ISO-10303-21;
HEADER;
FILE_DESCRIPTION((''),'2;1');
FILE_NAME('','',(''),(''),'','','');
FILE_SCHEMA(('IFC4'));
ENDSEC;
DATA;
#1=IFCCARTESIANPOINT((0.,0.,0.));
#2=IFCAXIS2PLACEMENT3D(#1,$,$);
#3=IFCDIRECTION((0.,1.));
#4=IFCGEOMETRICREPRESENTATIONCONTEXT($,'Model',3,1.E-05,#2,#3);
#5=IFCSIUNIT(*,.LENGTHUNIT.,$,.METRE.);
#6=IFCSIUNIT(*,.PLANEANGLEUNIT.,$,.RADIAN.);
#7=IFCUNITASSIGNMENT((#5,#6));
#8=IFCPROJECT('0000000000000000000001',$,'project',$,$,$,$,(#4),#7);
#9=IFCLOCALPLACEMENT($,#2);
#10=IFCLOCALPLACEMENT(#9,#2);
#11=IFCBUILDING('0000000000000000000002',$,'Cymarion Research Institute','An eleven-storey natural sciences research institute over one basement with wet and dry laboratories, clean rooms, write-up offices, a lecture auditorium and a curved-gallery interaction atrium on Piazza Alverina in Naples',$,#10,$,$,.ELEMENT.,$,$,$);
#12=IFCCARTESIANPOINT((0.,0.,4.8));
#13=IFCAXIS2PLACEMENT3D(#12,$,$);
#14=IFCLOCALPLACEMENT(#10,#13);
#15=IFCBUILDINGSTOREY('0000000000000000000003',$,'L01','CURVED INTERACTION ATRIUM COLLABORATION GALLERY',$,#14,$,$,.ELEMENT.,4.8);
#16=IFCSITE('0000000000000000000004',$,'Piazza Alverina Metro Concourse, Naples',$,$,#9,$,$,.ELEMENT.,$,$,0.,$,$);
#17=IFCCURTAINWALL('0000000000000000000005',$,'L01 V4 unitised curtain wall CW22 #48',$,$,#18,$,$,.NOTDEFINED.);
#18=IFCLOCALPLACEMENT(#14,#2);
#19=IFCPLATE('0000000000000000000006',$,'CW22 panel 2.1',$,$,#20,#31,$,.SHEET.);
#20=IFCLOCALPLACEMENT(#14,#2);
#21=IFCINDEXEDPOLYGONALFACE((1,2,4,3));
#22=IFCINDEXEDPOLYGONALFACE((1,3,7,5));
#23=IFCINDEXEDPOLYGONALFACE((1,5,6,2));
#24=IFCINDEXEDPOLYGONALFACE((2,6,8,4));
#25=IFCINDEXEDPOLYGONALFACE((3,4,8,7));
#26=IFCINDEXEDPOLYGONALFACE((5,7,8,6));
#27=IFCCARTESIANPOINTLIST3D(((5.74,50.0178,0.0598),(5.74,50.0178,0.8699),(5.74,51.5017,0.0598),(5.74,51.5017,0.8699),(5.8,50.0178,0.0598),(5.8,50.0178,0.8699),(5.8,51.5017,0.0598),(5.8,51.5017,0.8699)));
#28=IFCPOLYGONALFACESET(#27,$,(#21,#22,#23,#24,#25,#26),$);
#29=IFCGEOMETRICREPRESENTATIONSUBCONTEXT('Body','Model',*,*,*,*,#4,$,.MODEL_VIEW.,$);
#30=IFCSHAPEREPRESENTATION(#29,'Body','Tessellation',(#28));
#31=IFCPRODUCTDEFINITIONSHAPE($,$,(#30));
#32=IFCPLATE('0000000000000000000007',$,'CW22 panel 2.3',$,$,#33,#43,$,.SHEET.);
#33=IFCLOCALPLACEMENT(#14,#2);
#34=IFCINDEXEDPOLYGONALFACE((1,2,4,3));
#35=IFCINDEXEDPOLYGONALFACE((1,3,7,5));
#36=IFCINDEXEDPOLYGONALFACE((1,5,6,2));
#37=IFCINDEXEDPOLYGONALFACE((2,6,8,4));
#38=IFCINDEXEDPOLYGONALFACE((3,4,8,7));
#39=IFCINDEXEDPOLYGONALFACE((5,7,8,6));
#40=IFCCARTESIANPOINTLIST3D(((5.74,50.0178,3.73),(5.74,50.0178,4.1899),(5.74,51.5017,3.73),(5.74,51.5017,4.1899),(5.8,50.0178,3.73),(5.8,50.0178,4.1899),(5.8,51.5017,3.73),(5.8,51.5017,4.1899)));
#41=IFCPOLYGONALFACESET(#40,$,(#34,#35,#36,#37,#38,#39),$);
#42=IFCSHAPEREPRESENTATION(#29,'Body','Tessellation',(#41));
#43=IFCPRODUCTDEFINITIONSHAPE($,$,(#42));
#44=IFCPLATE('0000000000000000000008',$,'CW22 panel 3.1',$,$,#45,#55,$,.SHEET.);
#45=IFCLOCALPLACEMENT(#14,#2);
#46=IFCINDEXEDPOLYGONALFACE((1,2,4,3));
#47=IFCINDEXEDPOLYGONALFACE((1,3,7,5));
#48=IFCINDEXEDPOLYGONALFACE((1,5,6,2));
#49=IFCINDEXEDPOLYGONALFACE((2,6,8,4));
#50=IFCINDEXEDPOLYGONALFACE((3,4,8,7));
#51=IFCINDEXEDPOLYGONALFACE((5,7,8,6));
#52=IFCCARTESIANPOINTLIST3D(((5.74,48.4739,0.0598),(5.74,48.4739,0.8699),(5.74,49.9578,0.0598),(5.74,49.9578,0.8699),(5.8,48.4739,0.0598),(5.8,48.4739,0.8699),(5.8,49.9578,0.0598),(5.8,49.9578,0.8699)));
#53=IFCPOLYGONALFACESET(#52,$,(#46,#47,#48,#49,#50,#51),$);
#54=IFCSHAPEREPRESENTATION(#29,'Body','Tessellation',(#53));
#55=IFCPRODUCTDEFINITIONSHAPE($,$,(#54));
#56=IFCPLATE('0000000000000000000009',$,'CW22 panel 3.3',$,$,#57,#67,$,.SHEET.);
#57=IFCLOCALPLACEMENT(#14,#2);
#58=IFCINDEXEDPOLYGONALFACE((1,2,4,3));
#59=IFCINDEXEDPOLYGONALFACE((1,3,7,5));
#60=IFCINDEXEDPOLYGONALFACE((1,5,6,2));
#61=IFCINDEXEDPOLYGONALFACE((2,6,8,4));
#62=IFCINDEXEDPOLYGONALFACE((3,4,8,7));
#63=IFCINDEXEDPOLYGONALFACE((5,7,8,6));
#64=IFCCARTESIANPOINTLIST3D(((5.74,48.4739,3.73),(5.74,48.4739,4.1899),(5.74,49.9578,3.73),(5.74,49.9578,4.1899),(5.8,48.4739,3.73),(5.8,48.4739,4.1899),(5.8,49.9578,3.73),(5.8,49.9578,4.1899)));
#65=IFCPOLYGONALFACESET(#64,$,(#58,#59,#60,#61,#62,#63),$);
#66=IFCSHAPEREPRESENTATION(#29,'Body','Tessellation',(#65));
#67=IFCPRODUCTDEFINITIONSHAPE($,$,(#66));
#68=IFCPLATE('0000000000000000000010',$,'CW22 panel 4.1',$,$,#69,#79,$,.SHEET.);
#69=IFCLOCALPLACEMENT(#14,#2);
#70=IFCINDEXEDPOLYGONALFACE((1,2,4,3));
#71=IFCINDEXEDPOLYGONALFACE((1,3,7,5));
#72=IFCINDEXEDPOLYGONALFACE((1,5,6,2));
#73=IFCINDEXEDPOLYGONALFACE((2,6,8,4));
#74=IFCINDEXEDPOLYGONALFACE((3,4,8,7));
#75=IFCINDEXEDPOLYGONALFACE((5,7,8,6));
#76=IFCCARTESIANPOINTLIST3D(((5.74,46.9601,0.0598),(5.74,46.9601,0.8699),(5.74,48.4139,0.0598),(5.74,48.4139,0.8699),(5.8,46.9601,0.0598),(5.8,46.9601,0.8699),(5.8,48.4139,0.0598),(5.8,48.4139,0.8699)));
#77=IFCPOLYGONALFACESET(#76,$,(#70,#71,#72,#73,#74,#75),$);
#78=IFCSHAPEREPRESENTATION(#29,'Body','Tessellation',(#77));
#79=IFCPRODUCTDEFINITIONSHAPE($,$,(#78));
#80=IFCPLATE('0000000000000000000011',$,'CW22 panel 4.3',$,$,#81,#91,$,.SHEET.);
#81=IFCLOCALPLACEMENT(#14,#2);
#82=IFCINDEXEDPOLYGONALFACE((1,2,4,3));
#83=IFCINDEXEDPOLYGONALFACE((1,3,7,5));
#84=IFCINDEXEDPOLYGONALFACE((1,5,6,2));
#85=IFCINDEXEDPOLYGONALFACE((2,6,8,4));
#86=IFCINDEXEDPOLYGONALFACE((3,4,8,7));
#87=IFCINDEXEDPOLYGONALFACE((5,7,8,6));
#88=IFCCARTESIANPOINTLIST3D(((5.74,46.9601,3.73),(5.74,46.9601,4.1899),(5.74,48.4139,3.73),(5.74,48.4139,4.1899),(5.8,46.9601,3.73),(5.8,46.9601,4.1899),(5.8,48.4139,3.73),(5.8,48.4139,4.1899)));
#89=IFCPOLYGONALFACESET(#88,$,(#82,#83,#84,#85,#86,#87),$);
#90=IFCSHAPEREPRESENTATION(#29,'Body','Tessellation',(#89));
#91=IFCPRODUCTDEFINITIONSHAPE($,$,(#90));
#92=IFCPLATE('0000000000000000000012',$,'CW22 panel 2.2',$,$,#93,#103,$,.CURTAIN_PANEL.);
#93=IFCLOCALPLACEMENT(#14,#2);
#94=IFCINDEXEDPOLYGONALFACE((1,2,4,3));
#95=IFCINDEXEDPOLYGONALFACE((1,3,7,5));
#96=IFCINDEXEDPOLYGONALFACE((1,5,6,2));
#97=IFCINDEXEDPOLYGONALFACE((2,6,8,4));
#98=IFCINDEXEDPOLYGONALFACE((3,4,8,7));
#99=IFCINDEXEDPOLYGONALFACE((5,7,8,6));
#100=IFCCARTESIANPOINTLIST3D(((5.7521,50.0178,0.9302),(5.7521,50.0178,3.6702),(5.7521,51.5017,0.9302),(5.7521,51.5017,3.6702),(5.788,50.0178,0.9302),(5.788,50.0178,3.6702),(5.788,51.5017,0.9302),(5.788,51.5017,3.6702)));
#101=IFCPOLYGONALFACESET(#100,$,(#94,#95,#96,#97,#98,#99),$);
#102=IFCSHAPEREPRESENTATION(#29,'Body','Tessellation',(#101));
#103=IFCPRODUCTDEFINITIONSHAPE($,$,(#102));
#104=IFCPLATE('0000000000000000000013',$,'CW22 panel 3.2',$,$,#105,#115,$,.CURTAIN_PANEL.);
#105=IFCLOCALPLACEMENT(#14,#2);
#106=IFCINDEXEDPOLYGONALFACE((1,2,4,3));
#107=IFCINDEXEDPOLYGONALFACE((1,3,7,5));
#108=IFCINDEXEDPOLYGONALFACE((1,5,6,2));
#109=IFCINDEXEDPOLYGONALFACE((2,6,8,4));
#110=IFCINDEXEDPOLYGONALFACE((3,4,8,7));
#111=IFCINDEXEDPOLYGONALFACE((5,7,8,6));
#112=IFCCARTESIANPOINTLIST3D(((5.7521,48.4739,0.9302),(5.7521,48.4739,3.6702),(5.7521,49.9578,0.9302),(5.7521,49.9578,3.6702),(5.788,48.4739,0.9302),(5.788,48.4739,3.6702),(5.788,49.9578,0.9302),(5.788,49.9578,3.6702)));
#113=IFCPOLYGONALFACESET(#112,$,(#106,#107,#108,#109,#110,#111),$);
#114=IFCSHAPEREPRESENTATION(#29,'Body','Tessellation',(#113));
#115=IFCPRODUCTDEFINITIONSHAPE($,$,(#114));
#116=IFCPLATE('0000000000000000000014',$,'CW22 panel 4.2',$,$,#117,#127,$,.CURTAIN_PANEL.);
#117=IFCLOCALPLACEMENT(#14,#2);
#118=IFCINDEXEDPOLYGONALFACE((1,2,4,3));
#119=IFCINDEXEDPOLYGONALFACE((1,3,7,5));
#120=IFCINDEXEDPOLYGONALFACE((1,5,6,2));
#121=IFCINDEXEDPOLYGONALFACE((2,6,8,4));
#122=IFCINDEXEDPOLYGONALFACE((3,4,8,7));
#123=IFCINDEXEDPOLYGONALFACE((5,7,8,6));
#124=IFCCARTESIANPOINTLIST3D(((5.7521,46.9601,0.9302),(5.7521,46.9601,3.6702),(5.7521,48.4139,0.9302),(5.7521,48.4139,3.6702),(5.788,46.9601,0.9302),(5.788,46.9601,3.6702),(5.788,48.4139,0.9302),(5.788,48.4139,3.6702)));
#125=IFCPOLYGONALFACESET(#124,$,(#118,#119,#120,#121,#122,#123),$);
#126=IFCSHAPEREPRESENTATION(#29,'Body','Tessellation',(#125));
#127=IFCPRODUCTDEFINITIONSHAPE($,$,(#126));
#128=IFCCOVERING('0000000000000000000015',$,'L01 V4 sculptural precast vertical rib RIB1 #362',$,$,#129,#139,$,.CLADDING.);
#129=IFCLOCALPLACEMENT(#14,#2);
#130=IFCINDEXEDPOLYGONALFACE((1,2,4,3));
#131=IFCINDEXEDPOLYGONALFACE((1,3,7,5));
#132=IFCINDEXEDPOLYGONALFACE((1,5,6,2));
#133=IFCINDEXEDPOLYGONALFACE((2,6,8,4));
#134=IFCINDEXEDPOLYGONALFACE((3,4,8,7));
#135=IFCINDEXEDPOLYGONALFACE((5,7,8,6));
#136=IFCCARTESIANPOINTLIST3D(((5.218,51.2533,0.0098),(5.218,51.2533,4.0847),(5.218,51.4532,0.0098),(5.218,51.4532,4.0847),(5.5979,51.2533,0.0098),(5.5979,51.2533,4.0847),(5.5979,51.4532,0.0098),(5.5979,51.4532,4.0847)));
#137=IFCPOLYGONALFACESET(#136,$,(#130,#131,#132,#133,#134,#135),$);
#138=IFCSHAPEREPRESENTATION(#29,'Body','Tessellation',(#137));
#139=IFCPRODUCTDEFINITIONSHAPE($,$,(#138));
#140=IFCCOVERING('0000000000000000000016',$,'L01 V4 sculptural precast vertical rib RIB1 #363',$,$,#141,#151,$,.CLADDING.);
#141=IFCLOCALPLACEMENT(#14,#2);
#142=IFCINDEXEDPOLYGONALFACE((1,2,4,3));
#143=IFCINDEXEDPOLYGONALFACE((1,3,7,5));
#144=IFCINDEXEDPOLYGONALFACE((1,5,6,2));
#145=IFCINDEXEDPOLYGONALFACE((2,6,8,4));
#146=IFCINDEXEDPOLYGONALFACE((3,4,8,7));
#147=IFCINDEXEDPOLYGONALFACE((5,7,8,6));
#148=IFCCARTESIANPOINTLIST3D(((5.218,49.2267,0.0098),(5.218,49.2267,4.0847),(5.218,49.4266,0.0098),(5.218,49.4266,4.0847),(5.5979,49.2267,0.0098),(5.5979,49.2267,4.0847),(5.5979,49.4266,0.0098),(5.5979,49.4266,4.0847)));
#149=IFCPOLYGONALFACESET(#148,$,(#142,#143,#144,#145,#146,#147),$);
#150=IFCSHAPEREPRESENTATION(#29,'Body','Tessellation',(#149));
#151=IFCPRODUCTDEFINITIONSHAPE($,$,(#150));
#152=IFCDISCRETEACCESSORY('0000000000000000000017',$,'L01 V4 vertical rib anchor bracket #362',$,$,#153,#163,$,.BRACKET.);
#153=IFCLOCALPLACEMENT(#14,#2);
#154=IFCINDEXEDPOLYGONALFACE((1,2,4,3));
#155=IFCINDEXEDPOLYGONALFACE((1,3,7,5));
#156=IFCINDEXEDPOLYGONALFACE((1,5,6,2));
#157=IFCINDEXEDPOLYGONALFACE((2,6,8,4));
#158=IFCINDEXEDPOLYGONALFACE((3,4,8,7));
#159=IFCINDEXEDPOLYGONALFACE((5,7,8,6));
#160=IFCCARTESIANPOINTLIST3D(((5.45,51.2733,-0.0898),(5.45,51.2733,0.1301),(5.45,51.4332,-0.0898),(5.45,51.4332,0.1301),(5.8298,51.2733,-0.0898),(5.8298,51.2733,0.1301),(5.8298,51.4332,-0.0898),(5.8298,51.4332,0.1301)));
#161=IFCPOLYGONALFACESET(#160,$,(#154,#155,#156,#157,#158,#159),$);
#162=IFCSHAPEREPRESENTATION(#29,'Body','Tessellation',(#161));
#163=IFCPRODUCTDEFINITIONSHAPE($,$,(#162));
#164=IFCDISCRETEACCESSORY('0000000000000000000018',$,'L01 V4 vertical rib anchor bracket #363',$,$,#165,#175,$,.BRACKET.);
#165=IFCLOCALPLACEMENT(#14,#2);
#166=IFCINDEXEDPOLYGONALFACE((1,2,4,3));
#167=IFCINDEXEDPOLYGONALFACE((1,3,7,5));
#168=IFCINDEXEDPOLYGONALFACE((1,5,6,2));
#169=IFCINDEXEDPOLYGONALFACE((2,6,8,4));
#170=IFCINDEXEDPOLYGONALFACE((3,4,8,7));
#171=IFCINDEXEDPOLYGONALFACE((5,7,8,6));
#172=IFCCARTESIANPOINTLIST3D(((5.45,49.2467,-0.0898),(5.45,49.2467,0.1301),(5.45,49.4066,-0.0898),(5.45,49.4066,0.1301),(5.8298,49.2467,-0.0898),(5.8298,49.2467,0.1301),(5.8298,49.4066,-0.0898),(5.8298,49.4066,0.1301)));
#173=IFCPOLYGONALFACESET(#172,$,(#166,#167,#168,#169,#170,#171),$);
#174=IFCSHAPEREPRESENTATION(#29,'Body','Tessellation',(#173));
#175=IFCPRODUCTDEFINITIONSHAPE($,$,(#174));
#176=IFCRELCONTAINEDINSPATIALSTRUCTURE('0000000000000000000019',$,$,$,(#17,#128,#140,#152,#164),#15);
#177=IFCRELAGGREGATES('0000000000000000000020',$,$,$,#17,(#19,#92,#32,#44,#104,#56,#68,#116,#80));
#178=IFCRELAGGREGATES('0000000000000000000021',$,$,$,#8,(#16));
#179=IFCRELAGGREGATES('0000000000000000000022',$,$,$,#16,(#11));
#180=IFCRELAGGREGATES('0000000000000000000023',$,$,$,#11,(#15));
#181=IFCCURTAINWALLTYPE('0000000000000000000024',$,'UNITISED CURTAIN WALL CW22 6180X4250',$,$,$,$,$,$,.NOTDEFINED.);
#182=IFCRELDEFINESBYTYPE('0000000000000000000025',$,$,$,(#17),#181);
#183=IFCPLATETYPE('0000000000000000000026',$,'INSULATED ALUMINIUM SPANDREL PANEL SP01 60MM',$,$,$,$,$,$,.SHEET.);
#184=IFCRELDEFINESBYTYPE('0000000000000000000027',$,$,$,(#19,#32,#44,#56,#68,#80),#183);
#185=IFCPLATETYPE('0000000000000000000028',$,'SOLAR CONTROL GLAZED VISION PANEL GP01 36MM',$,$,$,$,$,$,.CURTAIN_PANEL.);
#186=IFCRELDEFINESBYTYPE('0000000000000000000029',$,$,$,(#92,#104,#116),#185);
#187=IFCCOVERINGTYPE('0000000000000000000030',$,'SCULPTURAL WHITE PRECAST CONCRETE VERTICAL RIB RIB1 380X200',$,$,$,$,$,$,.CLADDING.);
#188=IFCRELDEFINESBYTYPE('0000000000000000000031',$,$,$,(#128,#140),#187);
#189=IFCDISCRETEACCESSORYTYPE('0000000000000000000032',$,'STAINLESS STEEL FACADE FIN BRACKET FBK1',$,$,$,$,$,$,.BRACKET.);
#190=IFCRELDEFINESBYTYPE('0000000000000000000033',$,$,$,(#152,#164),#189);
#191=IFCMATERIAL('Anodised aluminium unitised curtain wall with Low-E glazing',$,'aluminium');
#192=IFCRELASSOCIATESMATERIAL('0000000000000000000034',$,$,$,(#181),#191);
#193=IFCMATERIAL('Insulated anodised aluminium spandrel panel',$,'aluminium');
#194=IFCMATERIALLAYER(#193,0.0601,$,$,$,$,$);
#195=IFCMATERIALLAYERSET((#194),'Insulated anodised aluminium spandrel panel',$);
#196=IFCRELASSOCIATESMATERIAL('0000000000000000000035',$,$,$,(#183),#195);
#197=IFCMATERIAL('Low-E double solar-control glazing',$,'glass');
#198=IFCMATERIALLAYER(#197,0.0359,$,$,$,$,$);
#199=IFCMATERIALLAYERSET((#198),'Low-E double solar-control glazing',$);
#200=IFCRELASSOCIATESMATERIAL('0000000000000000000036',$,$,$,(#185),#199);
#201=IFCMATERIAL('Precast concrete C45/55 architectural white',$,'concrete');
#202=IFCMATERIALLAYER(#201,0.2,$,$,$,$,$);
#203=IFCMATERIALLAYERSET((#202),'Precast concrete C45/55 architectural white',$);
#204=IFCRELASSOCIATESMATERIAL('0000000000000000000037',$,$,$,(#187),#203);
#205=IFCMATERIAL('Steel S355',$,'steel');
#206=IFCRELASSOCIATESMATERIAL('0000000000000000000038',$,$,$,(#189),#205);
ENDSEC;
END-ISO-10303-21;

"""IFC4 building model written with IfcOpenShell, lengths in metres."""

from ifc_helpers import new_model, si_unit, direction, frame, origin, origin_2d, place, context, subcontext, project, spatial, rectangle, extrude, material, layer, layer_set, type_object, element, aggregate, save


model = new_model("IFC4")

# Units and contexts
model_context = context("Model", 3, precision=1e-05, world=origin(), true_north=direction((0.0, 1.0)))
body_context = subcontext(model_context, "Body", "Model", "MODEL_VIEW")
ifc_project = project(units=[si_unit("LENGTHUNIT", "METRE"), si_unit("PLANEANGLEUNIT", "RADIAN")], contexts=[model_context])

# Site, building, storey
site_placement = place(None, origin())
site = spatial("IfcSite", under=ifc_project, at=site_placement, Name="Piazza Alverina Metro Concourse, Naples", CompositionType="ELEMENT", RefElevation=0.0)
building_placement = place(site_placement, origin())
building = spatial("IfcBuilding", under=site, at=building_placement, Name="Cymarion Research Institute", Description="An eleven-storey natural sciences research institute over one basement with wet and dry laboratories, clean rooms, write-up offices, a lecture auditorium and a curved-gallery interaction atrium on Piazza Alverina in Naples", CompositionType="ELEMENT")
storey_placement = place(building_placement, frame((0.0, 0.0, 4.8)))
storey = spatial("IfcBuildingStorey", under=building, at=storey_placement, Name="L01", Description="CURVED INTERACTION ATRIUM COLLABORATION GALLERY", CompositionType="ELEMENT", Elevation=4.8)

# Curtain wall, plates
ifc_material_1 = material(Name="Anodised aluminium unitised curtain wall with Low-E glazing", Category="aluminium")
curtain_wall_type = type_object("IfcCurtainWallType", Name="UNITISED CURTAIN WALL CW22 6180X4250", PredefinedType="NOTDEFINED", material=ifc_material_1)
curtain_wall_placement = place(storey_placement, origin())
curtain_wall = element("IfcCurtainWall", 1, at=curtain_wall_placement, inside=storey, type_object=curtain_wall_type, Name="L01 V4 unitised curtain wall CW22 #48", PredefinedType="NOTDEFINED")
ifc_material_2 = material(Name="Insulated anodised aluminium spandrel panel", Category="aluminium")
ifc_layer_1 = layer(ifc_material_2, 0.0601)
ifc_layer_set_1 = layer_set([ifc_layer_1], Name="Insulated anodised aluminium spandrel panel")
plate_type_1 = type_object("IfcPlateType", Name="INSULATED ALUMINIUM SPANDREL PANEL SP01 60MM", PredefinedType="SHEET", material=ifc_layer_set_1)
plate_1_placement = place(storey_placement, frame((5.77, 50.7598, 0.0598), z_axis=(0.0, 0.0, 1.0), x_axis=(0.0, -1.0, 0.0)))
plate_1 = element("IfcPlate", 2, at=plate_1_placement, type_object=plate_type_1, Name="CW22 panel 2.1", PredefinedType="SHEET", context=body_context, shape_type="SweptSolid", body=[
    extrude(rectangle(XDim=1.4839, YDim=0.0601, at=origin_2d()), origin(), (0.0, 0.0, 1.0), 0.8101),
])
plate_2_placement = place(storey_placement, frame((5.77, 50.7598, 3.73), z_axis=(0.0, 0.0, 1.0), x_axis=(0.0, -1.0, 0.0)))
plate_2 = element("IfcPlate", 3, at=plate_2_placement, type_object=plate_type_1, Name="CW22 panel 2.3", PredefinedType="SHEET", context=body_context, shape_type="SweptSolid", body=[
    extrude(rectangle(XDim=1.4839, YDim=0.0601, at=origin_2d()), origin(), (0.0, 0.0, 1.0), 0.46),
])
plate_3_placement = place(storey_placement, frame((5.77, 49.2158, 0.0598), z_axis=(0.0, 0.0, 1.0), x_axis=(0.0, -1.0, 0.0)))
plate_3 = element("IfcPlate", 4, at=plate_3_placement, type_object=plate_type_1, Name="CW22 panel 3.1", PredefinedType="SHEET", context=body_context, shape_type="SweptSolid", body=[
    extrude(rectangle(XDim=1.4839, YDim=0.0601, at=origin_2d()), origin(), (0.0, 0.0, 1.0), 0.8101),
])
plate_4_placement = place(storey_placement, frame((5.77, 49.2158, 3.73), z_axis=(0.0, 0.0, 1.0), x_axis=(0.0, -1.0, 0.0)))
plate_4 = element("IfcPlate", 5, at=plate_4_placement, type_object=plate_type_1, Name="CW22 panel 3.3", PredefinedType="SHEET", context=body_context, shape_type="SweptSolid", body=[
    extrude(rectangle(XDim=1.4839, YDim=0.0601, at=origin_2d()), origin(), (0.0, 0.0, 1.0), 0.46),
])
plate_5_placement = place(storey_placement, frame((5.77, 47.687, 0.0598), z_axis=(0.0, 0.0, 1.0), x_axis=(0.0, -1.0, 0.0)))
plate_5 = element("IfcPlate", 6, at=plate_5_placement, type_object=plate_type_1, Name="CW22 panel 4.1", PredefinedType="SHEET", context=body_context, shape_type="SweptSolid", body=[
    extrude(rectangle(XDim=1.4539, YDim=0.0601, at=origin_2d()), origin(), (0.0, 0.0, 1.0), 0.8101),
])
plate_6_placement = place(storey_placement, frame((5.77, 47.687, 3.73), z_axis=(0.0, 0.0, 1.0), x_axis=(0.0, -1.0, 0.0)))
plate_6 = element("IfcPlate", 7, at=plate_6_placement, type_object=plate_type_1, Name="CW22 panel 4.3", PredefinedType="SHEET", context=body_context, shape_type="SweptSolid", body=[
    extrude(rectangle(XDim=1.4539, YDim=0.0601, at=origin_2d()), origin(), (0.0, 0.0, 1.0), 0.46),
])
ifc_material_3 = material(Name="Low-E double solar-control glazing", Category="glass")
ifc_layer_2 = layer(ifc_material_3, 0.0359)
ifc_layer_set_2 = layer_set([ifc_layer_2], Name="Low-E double solar-control glazing")
plate_type_2 = type_object("IfcPlateType", Name="SOLAR CONTROL GLAZED VISION PANEL GP01 36MM", PredefinedType="CURTAIN_PANEL", material=ifc_layer_set_2)
plate_7_placement = place(storey_placement, frame((5.77, 50.7598, 0.9302), z_axis=(0.0, 0.0, 1.0), x_axis=(0.0, -1.0, 0.0)))
plate_7 = element("IfcPlate", 8, at=plate_7_placement, type_object=plate_type_2, Name="CW22 panel 2.2", PredefinedType="CURTAIN_PANEL", context=body_context, shape_type="SweptSolid", body=[
    extrude(rectangle(XDim=1.4839, YDim=0.0359, at=origin_2d()), origin(), (0.0, 0.0, 1.0), 2.74),
])
plate_8_placement = place(storey_placement, frame((5.77, 49.2158, 0.9302), z_axis=(0.0, 0.0, 1.0), x_axis=(0.0, -1.0, 0.0)))
plate_8 = element("IfcPlate", 9, at=plate_8_placement, type_object=plate_type_2, Name="CW22 panel 3.2", PredefinedType="CURTAIN_PANEL", context=body_context, shape_type="SweptSolid", body=[
    extrude(rectangle(XDim=1.4839, YDim=0.0359, at=origin_2d()), origin(), (0.0, 0.0, 1.0), 2.74),
])
plate_9_placement = place(storey_placement, frame((5.77, 47.687, 0.9302), z_axis=(0.0, 0.0, 1.0), x_axis=(0.0, -1.0, 0.0)))
plate_9 = element("IfcPlate", 10, at=plate_9_placement, type_object=plate_type_2, Name="CW22 panel 4.2", PredefinedType="CURTAIN_PANEL", context=body_context, shape_type="SweptSolid", body=[
    extrude(rectangle(XDim=1.4539, YDim=0.0359, at=origin_2d()), origin(), (0.0, 0.0, 1.0), 2.74),
])
aggregate(curtain_wall, [plate_1, plate_7, plate_2, plate_3, plate_8, plate_4, plate_5, plate_9, plate_6])

# Coverings
ifc_material_4 = material(Name="Precast concrete C45/55 architectural white", Category="concrete")
ifc_layer_3 = layer(ifc_material_4, 0.2)
ifc_layer_set_3 = layer_set([ifc_layer_3], Name="Precast concrete C45/55 architectural white")
covering_type = type_object("IfcCoveringType", Name="SCULPTURAL WHITE PRECAST CONCRETE VERTICAL RIB RIB1 380X200", PredefinedType="CLADDING", material=ifc_layer_set_3)
for number, where, z_axis, x_axis, name in (
    (11, (5.408, 51.3533, 0.0098), (0.0, 0.0, 1.0), (-1.0, 0.0, 0.0), "L01 V4 sculptural precast vertical rib RIB1 #362"),
    (12, (5.408, 49.3267, 0.0098), (0.0, 0.0, 1.0), (-1.0, 0.0, 0.0), "L01 V4 sculptural precast vertical rib RIB1 #363"),
):
    element("IfcCovering", number, at=place(storey_placement, frame(where, z_axis=z_axis, x_axis=x_axis)), inside=storey, type_object=covering_type, Name=name, PredefinedType="CLADDING", context=body_context, shape_type="SweptSolid", body=[
        extrude(rectangle(XDim=0.3799, YDim=0.2, at=origin_2d()), origin(), (0.0, 0.0, 1.0), 4.075),
    ])

# Discrete accessories
ifc_material_5 = material(Name="Steel S355", Category="steel")
discrete_accessory_type = type_object("IfcDiscreteAccessoryType", Name="STAINLESS STEEL FACADE FIN BRACKET FBK1", PredefinedType="BRACKET", material=ifc_material_5)
for number, where, z_axis, x_axis, name in (
    (13, (5.6399, 51.3533, -0.0898), (0.0, 0.0, 1.0), (-1.0, 0.0, 0.0), "L01 V4 vertical rib anchor bracket #362"),
    (14, (5.6399, 49.3267, -0.0898), (0.0, 0.0, 1.0), (-1.0, 0.0, 0.0), "L01 V4 vertical rib anchor bracket #363"),
):
    element("IfcDiscreteAccessory", number, at=place(storey_placement, frame(where, z_axis=z_axis, x_axis=x_axis)), inside=storey, type_object=discrete_accessory_type, Name=name, PredefinedType="BRACKET", context=body_context, shape_type="SweptSolid", body=[
        extrude(rectangle(XDim=0.3799, YDim=0.1599, at=origin_2d()), origin(), (0.0, 0.0, 1.0), 0.22),
    ])

save(model, "model.ifc")
